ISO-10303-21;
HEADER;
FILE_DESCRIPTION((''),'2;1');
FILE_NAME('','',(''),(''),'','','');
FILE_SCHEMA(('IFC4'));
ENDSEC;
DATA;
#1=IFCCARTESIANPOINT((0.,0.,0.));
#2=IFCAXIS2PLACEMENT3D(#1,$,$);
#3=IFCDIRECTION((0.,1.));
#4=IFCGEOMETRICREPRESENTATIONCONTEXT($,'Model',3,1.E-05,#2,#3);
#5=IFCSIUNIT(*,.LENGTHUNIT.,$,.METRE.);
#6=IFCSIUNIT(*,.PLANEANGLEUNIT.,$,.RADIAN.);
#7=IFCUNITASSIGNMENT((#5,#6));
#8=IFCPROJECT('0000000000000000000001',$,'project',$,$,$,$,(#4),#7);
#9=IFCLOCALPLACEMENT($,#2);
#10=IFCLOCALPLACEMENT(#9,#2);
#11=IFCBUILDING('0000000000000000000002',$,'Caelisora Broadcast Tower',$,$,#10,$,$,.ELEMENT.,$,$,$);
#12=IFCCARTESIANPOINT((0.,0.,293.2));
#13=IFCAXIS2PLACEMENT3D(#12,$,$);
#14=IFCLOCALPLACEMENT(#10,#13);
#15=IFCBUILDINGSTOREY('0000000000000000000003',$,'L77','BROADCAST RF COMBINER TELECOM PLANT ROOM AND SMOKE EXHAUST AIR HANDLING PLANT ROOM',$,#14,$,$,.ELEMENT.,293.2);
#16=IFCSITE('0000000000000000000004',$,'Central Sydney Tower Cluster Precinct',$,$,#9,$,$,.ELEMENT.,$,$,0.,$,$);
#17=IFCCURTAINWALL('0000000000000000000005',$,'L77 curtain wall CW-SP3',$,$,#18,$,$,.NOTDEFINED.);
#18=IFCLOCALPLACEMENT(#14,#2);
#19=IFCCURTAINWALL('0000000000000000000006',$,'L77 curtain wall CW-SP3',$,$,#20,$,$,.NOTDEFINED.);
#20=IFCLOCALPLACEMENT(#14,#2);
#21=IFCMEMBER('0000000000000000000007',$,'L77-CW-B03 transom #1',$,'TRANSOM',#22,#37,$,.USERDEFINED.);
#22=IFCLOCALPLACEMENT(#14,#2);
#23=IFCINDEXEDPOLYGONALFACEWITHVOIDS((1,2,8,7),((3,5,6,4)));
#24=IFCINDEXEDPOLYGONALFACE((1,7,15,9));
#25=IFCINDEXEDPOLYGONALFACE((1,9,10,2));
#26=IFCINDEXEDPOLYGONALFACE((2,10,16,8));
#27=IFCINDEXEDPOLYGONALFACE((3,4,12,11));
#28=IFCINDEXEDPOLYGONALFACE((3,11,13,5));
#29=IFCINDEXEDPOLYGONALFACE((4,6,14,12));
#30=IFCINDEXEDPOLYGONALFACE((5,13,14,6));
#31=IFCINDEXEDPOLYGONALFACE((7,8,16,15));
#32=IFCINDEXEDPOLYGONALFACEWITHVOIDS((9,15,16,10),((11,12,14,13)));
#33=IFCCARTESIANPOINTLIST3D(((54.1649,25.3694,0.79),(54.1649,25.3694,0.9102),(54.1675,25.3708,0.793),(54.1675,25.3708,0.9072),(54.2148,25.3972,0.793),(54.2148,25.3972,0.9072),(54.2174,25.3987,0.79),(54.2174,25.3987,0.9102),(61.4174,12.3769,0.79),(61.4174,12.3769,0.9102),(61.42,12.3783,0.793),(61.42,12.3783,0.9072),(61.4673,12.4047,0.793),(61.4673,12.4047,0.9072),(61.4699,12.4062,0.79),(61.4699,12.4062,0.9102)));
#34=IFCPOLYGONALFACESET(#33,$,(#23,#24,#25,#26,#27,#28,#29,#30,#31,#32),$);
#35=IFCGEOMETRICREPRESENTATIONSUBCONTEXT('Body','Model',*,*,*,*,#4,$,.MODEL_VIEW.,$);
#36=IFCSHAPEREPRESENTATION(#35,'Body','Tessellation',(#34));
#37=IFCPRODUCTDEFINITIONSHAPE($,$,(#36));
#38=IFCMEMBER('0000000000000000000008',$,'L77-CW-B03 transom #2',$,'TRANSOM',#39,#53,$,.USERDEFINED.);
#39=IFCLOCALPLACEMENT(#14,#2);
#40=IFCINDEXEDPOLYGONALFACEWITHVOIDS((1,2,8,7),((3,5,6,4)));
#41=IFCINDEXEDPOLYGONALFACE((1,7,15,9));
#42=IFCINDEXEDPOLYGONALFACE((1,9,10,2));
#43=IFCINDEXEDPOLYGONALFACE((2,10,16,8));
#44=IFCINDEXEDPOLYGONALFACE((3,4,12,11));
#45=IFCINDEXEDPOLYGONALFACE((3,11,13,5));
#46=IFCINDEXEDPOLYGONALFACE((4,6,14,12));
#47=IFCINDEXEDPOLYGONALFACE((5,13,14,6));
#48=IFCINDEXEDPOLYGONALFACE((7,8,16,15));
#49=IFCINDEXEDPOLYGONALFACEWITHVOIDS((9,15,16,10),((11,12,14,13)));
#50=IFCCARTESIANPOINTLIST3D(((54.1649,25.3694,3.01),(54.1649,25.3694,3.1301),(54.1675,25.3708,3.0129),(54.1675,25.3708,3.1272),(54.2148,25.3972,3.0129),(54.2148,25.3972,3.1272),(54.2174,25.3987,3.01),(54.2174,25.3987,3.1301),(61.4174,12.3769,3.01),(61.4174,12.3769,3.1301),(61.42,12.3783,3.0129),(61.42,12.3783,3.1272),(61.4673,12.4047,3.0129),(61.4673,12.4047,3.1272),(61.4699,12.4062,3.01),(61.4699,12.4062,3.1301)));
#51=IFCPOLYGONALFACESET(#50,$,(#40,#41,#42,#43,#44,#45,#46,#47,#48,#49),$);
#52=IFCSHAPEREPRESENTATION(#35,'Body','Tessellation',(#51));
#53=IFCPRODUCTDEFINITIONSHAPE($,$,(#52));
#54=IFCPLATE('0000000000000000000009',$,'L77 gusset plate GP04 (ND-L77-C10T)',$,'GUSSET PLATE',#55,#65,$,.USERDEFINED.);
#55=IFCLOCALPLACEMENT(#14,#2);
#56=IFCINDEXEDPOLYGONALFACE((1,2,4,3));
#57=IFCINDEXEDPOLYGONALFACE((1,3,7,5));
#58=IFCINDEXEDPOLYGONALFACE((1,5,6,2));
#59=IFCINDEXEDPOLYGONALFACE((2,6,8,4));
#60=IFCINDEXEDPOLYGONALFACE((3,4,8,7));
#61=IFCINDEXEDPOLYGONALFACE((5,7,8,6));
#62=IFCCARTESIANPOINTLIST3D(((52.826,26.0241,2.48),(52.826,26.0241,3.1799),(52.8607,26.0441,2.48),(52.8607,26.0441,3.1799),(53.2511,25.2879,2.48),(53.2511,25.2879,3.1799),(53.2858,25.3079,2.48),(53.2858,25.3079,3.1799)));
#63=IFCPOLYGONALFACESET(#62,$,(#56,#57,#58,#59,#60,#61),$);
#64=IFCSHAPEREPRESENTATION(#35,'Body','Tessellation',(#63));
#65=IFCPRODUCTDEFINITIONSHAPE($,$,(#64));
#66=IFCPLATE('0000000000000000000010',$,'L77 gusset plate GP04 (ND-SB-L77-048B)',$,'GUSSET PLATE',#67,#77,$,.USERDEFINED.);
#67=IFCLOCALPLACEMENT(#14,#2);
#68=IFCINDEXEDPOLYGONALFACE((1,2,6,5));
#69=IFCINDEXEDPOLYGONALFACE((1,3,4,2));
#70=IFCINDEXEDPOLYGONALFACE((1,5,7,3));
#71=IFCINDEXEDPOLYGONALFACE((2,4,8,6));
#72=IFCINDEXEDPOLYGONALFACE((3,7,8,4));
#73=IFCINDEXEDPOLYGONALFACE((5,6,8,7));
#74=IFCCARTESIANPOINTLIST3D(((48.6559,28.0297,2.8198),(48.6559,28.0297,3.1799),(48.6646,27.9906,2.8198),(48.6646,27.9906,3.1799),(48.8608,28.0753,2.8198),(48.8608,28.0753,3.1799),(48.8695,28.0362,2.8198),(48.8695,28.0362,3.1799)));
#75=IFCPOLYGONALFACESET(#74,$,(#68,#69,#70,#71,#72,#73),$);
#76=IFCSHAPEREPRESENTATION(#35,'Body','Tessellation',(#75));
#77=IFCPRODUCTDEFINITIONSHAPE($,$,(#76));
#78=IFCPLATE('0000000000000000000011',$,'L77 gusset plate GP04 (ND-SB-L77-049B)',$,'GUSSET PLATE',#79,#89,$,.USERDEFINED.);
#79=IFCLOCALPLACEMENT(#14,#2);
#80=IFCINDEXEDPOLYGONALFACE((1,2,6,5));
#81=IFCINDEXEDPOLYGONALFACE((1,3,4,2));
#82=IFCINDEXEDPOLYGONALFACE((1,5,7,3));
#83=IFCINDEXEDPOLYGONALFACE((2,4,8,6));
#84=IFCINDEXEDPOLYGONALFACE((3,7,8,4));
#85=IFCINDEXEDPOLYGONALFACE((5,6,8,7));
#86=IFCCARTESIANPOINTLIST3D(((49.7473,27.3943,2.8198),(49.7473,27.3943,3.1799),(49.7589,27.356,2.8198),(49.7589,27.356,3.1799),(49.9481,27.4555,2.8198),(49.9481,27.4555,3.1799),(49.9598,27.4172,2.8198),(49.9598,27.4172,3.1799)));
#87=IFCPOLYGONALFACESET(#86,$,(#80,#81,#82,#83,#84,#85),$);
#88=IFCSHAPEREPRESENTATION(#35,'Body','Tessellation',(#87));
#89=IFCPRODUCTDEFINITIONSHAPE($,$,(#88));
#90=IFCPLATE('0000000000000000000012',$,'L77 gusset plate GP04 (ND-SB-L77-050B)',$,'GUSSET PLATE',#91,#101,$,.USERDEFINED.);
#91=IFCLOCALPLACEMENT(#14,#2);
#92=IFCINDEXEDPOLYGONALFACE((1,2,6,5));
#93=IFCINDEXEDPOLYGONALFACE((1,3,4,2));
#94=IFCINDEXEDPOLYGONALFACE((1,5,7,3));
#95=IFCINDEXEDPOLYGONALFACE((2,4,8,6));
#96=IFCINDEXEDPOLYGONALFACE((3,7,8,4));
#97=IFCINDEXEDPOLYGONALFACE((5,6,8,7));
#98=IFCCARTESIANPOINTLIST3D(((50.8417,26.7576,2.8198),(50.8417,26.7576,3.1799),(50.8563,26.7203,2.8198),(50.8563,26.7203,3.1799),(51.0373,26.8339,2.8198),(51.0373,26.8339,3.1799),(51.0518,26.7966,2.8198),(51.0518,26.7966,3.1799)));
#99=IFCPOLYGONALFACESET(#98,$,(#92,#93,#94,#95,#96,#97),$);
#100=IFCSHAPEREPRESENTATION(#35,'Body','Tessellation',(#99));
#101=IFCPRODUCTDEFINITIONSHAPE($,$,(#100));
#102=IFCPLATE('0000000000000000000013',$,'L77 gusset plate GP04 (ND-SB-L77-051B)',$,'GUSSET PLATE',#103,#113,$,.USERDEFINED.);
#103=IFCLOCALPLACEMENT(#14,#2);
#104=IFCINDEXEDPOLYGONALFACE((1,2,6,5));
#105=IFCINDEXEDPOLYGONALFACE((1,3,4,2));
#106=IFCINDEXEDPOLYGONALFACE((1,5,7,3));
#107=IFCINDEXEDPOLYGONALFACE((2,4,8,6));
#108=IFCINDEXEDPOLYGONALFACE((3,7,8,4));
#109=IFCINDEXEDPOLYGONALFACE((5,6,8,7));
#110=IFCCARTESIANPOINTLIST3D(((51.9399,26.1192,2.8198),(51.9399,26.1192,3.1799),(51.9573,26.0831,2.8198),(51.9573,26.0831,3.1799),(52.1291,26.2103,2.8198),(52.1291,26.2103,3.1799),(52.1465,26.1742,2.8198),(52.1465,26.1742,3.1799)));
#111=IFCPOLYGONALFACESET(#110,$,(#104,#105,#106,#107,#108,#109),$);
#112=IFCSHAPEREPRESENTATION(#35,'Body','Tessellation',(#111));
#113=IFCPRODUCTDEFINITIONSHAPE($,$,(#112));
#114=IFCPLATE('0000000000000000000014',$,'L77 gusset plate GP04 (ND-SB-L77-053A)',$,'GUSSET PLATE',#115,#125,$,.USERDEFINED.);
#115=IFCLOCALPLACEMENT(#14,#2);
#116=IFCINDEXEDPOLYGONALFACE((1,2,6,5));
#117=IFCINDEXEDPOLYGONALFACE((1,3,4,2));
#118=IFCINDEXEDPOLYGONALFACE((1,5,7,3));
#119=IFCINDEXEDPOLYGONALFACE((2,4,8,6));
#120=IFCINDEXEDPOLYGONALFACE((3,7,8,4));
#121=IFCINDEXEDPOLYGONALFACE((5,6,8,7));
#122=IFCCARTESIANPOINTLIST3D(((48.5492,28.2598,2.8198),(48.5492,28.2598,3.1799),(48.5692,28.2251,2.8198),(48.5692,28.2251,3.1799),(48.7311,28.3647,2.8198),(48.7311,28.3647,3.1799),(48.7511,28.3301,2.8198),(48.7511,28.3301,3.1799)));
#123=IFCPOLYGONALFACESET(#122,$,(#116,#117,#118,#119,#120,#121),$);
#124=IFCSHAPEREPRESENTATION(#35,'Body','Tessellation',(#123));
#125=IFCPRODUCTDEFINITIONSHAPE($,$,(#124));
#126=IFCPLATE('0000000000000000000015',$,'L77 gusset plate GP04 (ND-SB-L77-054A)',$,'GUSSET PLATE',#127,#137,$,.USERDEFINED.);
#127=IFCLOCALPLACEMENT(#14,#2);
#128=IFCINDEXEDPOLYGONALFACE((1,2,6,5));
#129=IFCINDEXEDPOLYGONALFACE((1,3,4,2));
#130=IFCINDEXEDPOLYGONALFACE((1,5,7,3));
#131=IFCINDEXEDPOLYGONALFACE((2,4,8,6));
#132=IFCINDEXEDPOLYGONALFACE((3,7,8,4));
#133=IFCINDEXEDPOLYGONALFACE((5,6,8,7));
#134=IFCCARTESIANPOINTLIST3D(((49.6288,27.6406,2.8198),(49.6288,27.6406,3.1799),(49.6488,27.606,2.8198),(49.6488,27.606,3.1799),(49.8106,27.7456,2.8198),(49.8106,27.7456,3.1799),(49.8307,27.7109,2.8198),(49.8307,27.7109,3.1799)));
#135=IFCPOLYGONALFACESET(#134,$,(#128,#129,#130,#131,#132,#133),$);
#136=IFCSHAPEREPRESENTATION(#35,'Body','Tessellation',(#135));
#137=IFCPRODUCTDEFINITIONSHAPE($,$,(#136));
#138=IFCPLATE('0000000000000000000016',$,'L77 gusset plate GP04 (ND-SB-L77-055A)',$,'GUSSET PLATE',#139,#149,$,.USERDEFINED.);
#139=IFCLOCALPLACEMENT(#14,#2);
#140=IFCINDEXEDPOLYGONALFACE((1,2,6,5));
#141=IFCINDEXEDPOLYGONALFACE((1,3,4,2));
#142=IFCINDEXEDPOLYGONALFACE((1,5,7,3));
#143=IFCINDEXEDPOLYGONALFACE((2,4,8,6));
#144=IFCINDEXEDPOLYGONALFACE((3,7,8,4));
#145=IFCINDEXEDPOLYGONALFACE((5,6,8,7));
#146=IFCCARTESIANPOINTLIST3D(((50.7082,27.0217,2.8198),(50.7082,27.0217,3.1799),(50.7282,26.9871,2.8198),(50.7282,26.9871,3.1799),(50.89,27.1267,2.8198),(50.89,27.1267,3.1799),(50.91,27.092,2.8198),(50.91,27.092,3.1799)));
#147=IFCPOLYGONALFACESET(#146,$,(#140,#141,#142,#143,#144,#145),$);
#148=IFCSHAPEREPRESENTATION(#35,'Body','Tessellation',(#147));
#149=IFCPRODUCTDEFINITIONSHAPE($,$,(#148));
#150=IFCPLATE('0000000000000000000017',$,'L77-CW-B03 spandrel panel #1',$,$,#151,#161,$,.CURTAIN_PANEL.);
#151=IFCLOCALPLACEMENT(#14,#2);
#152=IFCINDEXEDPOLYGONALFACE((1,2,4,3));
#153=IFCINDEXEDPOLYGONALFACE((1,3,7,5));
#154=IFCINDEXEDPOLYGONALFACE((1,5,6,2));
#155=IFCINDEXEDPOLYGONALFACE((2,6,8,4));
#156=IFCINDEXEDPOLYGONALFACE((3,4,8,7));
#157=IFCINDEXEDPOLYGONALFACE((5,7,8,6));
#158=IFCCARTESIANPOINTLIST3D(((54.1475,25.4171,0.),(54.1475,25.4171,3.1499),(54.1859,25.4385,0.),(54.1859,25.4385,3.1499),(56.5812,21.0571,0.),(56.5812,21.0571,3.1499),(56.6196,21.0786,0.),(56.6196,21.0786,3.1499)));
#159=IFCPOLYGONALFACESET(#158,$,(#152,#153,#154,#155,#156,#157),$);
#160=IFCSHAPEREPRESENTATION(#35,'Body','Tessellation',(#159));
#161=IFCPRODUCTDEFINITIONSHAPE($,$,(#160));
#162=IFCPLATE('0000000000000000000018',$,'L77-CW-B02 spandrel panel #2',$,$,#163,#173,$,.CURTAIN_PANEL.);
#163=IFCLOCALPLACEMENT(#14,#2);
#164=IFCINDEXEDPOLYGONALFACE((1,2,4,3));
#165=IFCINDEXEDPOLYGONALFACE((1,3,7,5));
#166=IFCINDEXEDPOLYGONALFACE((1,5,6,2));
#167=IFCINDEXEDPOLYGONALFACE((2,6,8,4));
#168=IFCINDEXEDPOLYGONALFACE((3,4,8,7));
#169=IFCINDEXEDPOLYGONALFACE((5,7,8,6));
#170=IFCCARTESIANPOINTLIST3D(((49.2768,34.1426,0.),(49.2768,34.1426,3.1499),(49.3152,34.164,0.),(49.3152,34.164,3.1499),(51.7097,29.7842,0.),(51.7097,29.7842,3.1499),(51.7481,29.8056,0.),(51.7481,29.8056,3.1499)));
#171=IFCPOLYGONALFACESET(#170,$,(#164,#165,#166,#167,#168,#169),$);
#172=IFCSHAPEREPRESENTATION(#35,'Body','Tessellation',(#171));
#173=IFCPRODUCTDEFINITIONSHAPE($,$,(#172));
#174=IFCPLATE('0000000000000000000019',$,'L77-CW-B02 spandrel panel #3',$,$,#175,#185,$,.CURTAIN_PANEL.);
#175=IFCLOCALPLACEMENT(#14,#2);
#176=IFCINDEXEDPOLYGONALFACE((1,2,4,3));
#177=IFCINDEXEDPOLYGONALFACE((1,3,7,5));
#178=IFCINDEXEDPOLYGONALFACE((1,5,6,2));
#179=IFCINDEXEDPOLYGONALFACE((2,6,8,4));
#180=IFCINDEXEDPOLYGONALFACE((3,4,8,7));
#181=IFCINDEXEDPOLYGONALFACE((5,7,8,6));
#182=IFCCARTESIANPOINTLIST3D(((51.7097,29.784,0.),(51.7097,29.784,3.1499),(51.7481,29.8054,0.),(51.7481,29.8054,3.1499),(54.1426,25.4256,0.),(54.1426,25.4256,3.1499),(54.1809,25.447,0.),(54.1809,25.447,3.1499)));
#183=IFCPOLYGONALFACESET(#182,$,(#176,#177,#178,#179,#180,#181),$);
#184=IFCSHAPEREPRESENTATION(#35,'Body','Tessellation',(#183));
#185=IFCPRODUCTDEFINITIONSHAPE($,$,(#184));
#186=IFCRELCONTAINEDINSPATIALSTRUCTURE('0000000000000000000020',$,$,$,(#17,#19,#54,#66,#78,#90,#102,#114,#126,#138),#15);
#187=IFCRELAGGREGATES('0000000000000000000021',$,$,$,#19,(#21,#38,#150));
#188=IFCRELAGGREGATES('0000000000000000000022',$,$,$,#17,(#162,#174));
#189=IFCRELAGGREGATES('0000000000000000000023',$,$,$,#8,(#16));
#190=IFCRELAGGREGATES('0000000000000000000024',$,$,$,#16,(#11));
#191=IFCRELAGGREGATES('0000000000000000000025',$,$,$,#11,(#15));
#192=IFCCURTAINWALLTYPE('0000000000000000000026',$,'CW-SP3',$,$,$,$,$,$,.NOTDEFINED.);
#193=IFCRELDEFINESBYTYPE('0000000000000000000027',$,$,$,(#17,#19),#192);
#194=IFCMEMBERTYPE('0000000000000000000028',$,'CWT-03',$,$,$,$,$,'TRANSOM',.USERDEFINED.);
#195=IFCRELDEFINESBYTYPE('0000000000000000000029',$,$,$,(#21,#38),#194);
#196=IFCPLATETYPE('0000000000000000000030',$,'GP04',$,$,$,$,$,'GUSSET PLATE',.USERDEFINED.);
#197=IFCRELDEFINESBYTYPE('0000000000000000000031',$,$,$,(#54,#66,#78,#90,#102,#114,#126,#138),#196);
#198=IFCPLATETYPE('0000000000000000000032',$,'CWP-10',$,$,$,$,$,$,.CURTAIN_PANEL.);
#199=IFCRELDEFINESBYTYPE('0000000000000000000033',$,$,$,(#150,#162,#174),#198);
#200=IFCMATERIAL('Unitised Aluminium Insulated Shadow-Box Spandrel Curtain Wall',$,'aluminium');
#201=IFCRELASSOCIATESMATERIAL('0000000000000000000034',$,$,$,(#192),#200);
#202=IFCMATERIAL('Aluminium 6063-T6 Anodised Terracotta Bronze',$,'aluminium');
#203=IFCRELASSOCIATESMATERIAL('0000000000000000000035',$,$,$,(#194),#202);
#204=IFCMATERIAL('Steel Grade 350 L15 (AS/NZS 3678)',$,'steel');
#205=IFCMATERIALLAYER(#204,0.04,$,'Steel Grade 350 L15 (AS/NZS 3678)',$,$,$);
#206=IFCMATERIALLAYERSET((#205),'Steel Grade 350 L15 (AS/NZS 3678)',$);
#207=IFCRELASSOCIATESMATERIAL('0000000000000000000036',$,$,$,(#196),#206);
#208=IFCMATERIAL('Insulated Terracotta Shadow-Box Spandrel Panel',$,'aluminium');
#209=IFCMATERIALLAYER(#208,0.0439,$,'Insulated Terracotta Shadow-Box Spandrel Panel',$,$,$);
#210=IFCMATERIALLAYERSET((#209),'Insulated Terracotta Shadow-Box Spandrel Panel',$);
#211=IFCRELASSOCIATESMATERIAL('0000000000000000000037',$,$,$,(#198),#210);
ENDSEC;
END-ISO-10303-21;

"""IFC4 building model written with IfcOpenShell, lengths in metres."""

from ifc_helpers import new_model, si_unit, direction, frame, origin, origin_2d, place, context, subcontext, project, spatial, rectangle, hollow_rectangle, extrude, source, transform, mapped, material, layer, layer_set, material_profile, profile_set, type_object, type_shapes, element, aggregate, save


model = new_model("IFC4")

# Units and contexts
model_context = context("Model", 3, precision=1e-05, world=origin(), true_north=direction((0.0, 1.0)))
body_context = subcontext(model_context, "Body", "Model", "MODEL_VIEW")
ifc_project = project(units=[si_unit("LENGTHUNIT", "METRE"), si_unit("PLANEANGLEUNIT", "RADIAN")], contexts=[model_context])

# Site, building, storey
site_placement = place(None, origin())
site = spatial("IfcSite", under=ifc_project, at=site_placement, Name="Central Sydney Tower Cluster Precinct", CompositionType="ELEMENT", RefElevation=0.0)
building_placement = place(site_placement, origin())
building = spatial("IfcBuilding", under=site, at=building_placement, Name="Caelisora Broadcast Tower", CompositionType="ELEMENT")
storey_placement = place(building_placement, frame((0.0, 0.0, 293.2)))
storey = spatial("IfcBuildingStorey", under=building, at=storey_placement, Name="L77", Description="BROADCAST RF COMBINER TELECOM PLANT ROOM AND SMOKE EXHAUST AIR HANDLING PLANT ROOM", CompositionType="ELEMENT", Elevation=293.2)

# Curtain walls, members
ifc_material_1 = material(Name="Unitised Aluminium Insulated Shadow-Box Spandrel Curtain Wall", Category="aluminium")
curtain_wall_type = type_object("IfcCurtainWallType", Name="CW-SP3", PredefinedType="NOTDEFINED", material=ifc_material_1)
curtain_wall_1_placement = place(storey_placement, origin())
curtain_wall_1 = element("IfcCurtainWall", 1, at=curtain_wall_1_placement, inside=storey, type_object=curtain_wall_type, Name="L77 curtain wall CW-SP3", PredefinedType="NOTDEFINED")
ifc_material_2 = material(Name="Aluminium 6063-T6 Anodised Terracotta Bronze", Category="aluminium")
curtain_wall_2_placement = place(storey_placement, origin())
curtain_wall_2 = element("IfcCurtainWall", 2, at=curtain_wall_2_placement, inside=storey, type_object=curtain_wall_type, Name="L77 curtain wall CW-SP3", PredefinedType="NOTDEFINED")
ifc_material_profile_1 = material_profile(ifc_material_2, hollow_rectangle(XDim=0.0601, YDim=0.1201, WallThickness=0.0029, at=origin_2d()), Name="Aluminium 6063-T6 Anodised Terracotta Bronze")
ifc_profile_set_1 = profile_set([ifc_material_profile_1], Name="Aluminium 6063-T6 Anodised Terracotta Bronze")
member_type_1 = type_object("IfcMemberType", Name="CWT-03", ElementType="TRANSOM", PredefinedType="USERDEFINED", material=ifc_profile_set_1)
shared_shape_1 = source(origin(), body_context, "Body", "SweptSolid", [
    extrude(hollow_rectangle(XDim=0.0601, YDim=0.1201, WallThickness=0.0029, at=origin_2d()), origin(), (0.0, 0.0, 1.0), 14.8796),
])
type_shapes(member_type_1, [shared_shape_1])
member_1_placement = place(storey_placement, frame((54.1912, 25.384, 0.8501), z_axis=(0.48741, -0.873173, 0.0), x_axis=(0.873173, 0.48741, 0.0)))
member_1 = element("IfcMember", 3, at=member_1_placement, type_object=member_type_1, Name="L77-CW-B03 transom #1", ObjectType="TRANSOM", PredefinedType="USERDEFINED", context=body_context, shape_type="MappedRepresentation", body=[
    mapped(shared_shape_1, transform((0.0, 0.0, 0.0), scale=1.0)),
])
member_2_placement = place(storey_placement, frame((54.1912, 25.384, 3.0701), z_axis=(0.48741, -0.873173, 0.0), x_axis=(0.873173, 0.48741, 0.0)))
member_2 = element("IfcMember", 4, at=member_2_placement, type_object=member_type_1, Name="L77-CW-B03 transom #2", ObjectType="TRANSOM", PredefinedType="USERDEFINED", context=body_context, shape_type="MappedRepresentation", body=[
    mapped(shared_shape_1, transform((0.0, 0.0, 0.0), scale=1.0)),
])

# Plates
ifc_material_3 = material(Name="Steel Grade 350 L15 (AS/NZS 3678)", Category="steel")
ifc_layer_1 = layer(ifc_material_3, 0.04, Name="Steel Grade 350 L15 (AS/NZS 3678)")
ifc_layer_set_1 = layer_set([ifc_layer_1], Name="Steel Grade 350 L15 (AS/NZS 3678)")
plate_type_1 = type_object("IfcPlateType", Name="GP04", ElementType="GUSSET PLATE", PredefinedType="USERDEFINED", material=ifc_layer_set_1)
shared_shape_2 = source(origin(), body_context, "Body", "SweptSolid", [
    extrude(rectangle(XDim=0.8501, YDim=0.04, at=origin_2d()), origin(), (0.0, 0.0, 1.0), 0.7),
])
plate_1_placement = place(storey_placement, frame((53.0559, 25.666, 2.48), z_axis=(0.0, 0.0, 1.0), x_axis=(-0.5, 0.866025, 0.0)))
element("IfcPlate", 5, at=plate_1_placement, inside=storey, type_object=plate_type_1, Name="L77 gusset plate GP04 (ND-L77-C10T)", ObjectType="GUSSET PLATE", PredefinedType="USERDEFINED", context=body_context, shape_type="MappedRepresentation", body=[
    mapped(shared_shape_2, transform((0.0, 0.0, 0.0), scale=1.0)),
])
shared_shape_3 = source(origin(), body_context, "Body", "SweptSolid", [
    extrude(rectangle(XDim=0.21, YDim=0.04, at=origin_2d()), origin(), (0.0, 0.0, 1.0), 0.3601),
])
type_shapes(plate_type_1, [shared_shape_2, shared_shape_3])
for number, where, z_axis, x_axis, name in (
    (6, (48.7627, 28.033, 2.8198), (0.0, 0.0, 1.0), (-0.976107, -0.217292, 0.0), "L77 gusset plate GP04 (ND-SB-L77-048B)"),
    (7, (49.8535, 27.4058, 2.8198), (0.0, 0.0, 1.0), (-0.956661, -0.291203, 0.0), "L77 gusset plate GP04 (ND-SB-L77-049B)"),
    (8, (50.9468, 26.7771, 2.8198), (0.0, 0.0, 1.0), (-0.931501, -0.363739, 0.0), "L77 gusset plate GP04 (ND-SB-L77-050B)"),
    (9, (52.0432, 26.1467, 2.8198), (0.0, 0.0, 1.0), (-0.901001, -0.433816, 0.0), "L77 gusset plate GP04 (ND-SB-L77-051B)"),
    (10, (48.6501, 28.2949, 2.8198), (0.0, 0.0, 1.0), (-0.866025, -0.5, 0.0), "L77 gusset plate GP04 (ND-SB-L77-053A)"),
    (11, (49.7297, 27.6758, 2.8198), (0.0, 0.0, 1.0), (-0.866025, -0.5, 0.0), "L77 gusset plate GP04 (ND-SB-L77-054A)"),
    (12, (50.8091, 27.0569, 2.8198), (0.0, 0.0, 1.0), (-0.866025, -0.5, 0.0), "L77 gusset plate GP04 (ND-SB-L77-055A)"),
):
    element("IfcPlate", number, at=place(storey_placement, frame(where, z_axis=z_axis, x_axis=x_axis)), inside=storey, type_object=plate_type_1, Name=name, ObjectType="GUSSET PLATE", PredefinedType="USERDEFINED", context=body_context, shape_type="MappedRepresentation", body=[
        mapped(shared_shape_3, transform((0.0, 0.0, 0.0), scale=1.0)),
    ])

# Plates
ifc_material_4 = material(Name="Insulated Terracotta Shadow-Box Spandrel Panel", Category="aluminium")
ifc_layer_2 = layer(ifc_material_4, 0.0439, Name="Insulated Terracotta Shadow-Box Spandrel Panel")
ifc_layer_set_2 = layer_set([ifc_layer_2], Name="Insulated Terracotta Shadow-Box Spandrel Panel")
plate_type_2 = type_object("IfcPlateType", Name="CWP-10", PredefinedType="CURTAIN_PANEL", material=ifc_layer_set_2)
shared_shape_4 = source(origin(), body_context, "Body", "SweptSolid", [
    extrude(rectangle(XDim=4.9932, YDim=0.0439, at=origin_2d()), origin(), (0.0, 0.0, 1.0), 3.1499),
])
plate_2_placement = place(storey_placement, frame((55.3835, 23.2478, 0.0), z_axis=(0.0, 0.0, 1.0), x_axis=(0.487403, -0.873177, 0.0)))
plate_2 = element("IfcPlate", 13, at=plate_2_placement, type_object=plate_type_2, Name="L77-CW-B03 spandrel panel #1", PredefinedType="CURTAIN_PANEL", context=body_context, shape_type="MappedRepresentation", body=[
    mapped(shared_shape_4, transform((0.0, 0.0, 0.0), scale=1.0)),
])
aggregate(curtain_wall_2, [member_1, member_2, plate_2])
shared_shape_5 = source(origin(), body_context, "Body", "SweptSolid", [
    extrude(rectangle(XDim=4.9915, YDim=0.0439, at=origin_2d()), origin(), (0.0, 0.0, 1.0), 3.1499),
])
type_shapes(plate_type_2, [shared_shape_4, shared_shape_5])
plate_3_placement = place(storey_placement, frame((50.5125, 31.9741, 0.0), z_axis=(0.0, 0.0, 1.0), x_axis=(0.487403, -0.873177, 0.0)))
plate_3 = element("IfcPlate", 14, at=plate_3_placement, type_object=plate_type_2, Name="L77-CW-B02 spandrel panel #2", PredefinedType="CURTAIN_PANEL", context=body_context, shape_type="MappedRepresentation", body=[
    mapped(shared_shape_5, transform((0.0, 0.0, 0.0), scale=1.0)),
])
plate_4_placement = place(storey_placement, frame((52.9453, 27.6155, 0.0), z_axis=(0.0, 0.0, 1.0), x_axis=(0.487403, -0.873177, 0.0)))
plate_4 = element("IfcPlate", 15, at=plate_4_placement, type_object=plate_type_2, Name="L77-CW-B02 spandrel panel #3", PredefinedType="CURTAIN_PANEL", context=body_context, shape_type="MappedRepresentation", body=[
    mapped(shared_shape_5, transform((0.0, 0.0, 0.0), scale=1.0)),
])
aggregate(curtain_wall_1, [plate_3, plate_4])

save(model, "model.ifc")
